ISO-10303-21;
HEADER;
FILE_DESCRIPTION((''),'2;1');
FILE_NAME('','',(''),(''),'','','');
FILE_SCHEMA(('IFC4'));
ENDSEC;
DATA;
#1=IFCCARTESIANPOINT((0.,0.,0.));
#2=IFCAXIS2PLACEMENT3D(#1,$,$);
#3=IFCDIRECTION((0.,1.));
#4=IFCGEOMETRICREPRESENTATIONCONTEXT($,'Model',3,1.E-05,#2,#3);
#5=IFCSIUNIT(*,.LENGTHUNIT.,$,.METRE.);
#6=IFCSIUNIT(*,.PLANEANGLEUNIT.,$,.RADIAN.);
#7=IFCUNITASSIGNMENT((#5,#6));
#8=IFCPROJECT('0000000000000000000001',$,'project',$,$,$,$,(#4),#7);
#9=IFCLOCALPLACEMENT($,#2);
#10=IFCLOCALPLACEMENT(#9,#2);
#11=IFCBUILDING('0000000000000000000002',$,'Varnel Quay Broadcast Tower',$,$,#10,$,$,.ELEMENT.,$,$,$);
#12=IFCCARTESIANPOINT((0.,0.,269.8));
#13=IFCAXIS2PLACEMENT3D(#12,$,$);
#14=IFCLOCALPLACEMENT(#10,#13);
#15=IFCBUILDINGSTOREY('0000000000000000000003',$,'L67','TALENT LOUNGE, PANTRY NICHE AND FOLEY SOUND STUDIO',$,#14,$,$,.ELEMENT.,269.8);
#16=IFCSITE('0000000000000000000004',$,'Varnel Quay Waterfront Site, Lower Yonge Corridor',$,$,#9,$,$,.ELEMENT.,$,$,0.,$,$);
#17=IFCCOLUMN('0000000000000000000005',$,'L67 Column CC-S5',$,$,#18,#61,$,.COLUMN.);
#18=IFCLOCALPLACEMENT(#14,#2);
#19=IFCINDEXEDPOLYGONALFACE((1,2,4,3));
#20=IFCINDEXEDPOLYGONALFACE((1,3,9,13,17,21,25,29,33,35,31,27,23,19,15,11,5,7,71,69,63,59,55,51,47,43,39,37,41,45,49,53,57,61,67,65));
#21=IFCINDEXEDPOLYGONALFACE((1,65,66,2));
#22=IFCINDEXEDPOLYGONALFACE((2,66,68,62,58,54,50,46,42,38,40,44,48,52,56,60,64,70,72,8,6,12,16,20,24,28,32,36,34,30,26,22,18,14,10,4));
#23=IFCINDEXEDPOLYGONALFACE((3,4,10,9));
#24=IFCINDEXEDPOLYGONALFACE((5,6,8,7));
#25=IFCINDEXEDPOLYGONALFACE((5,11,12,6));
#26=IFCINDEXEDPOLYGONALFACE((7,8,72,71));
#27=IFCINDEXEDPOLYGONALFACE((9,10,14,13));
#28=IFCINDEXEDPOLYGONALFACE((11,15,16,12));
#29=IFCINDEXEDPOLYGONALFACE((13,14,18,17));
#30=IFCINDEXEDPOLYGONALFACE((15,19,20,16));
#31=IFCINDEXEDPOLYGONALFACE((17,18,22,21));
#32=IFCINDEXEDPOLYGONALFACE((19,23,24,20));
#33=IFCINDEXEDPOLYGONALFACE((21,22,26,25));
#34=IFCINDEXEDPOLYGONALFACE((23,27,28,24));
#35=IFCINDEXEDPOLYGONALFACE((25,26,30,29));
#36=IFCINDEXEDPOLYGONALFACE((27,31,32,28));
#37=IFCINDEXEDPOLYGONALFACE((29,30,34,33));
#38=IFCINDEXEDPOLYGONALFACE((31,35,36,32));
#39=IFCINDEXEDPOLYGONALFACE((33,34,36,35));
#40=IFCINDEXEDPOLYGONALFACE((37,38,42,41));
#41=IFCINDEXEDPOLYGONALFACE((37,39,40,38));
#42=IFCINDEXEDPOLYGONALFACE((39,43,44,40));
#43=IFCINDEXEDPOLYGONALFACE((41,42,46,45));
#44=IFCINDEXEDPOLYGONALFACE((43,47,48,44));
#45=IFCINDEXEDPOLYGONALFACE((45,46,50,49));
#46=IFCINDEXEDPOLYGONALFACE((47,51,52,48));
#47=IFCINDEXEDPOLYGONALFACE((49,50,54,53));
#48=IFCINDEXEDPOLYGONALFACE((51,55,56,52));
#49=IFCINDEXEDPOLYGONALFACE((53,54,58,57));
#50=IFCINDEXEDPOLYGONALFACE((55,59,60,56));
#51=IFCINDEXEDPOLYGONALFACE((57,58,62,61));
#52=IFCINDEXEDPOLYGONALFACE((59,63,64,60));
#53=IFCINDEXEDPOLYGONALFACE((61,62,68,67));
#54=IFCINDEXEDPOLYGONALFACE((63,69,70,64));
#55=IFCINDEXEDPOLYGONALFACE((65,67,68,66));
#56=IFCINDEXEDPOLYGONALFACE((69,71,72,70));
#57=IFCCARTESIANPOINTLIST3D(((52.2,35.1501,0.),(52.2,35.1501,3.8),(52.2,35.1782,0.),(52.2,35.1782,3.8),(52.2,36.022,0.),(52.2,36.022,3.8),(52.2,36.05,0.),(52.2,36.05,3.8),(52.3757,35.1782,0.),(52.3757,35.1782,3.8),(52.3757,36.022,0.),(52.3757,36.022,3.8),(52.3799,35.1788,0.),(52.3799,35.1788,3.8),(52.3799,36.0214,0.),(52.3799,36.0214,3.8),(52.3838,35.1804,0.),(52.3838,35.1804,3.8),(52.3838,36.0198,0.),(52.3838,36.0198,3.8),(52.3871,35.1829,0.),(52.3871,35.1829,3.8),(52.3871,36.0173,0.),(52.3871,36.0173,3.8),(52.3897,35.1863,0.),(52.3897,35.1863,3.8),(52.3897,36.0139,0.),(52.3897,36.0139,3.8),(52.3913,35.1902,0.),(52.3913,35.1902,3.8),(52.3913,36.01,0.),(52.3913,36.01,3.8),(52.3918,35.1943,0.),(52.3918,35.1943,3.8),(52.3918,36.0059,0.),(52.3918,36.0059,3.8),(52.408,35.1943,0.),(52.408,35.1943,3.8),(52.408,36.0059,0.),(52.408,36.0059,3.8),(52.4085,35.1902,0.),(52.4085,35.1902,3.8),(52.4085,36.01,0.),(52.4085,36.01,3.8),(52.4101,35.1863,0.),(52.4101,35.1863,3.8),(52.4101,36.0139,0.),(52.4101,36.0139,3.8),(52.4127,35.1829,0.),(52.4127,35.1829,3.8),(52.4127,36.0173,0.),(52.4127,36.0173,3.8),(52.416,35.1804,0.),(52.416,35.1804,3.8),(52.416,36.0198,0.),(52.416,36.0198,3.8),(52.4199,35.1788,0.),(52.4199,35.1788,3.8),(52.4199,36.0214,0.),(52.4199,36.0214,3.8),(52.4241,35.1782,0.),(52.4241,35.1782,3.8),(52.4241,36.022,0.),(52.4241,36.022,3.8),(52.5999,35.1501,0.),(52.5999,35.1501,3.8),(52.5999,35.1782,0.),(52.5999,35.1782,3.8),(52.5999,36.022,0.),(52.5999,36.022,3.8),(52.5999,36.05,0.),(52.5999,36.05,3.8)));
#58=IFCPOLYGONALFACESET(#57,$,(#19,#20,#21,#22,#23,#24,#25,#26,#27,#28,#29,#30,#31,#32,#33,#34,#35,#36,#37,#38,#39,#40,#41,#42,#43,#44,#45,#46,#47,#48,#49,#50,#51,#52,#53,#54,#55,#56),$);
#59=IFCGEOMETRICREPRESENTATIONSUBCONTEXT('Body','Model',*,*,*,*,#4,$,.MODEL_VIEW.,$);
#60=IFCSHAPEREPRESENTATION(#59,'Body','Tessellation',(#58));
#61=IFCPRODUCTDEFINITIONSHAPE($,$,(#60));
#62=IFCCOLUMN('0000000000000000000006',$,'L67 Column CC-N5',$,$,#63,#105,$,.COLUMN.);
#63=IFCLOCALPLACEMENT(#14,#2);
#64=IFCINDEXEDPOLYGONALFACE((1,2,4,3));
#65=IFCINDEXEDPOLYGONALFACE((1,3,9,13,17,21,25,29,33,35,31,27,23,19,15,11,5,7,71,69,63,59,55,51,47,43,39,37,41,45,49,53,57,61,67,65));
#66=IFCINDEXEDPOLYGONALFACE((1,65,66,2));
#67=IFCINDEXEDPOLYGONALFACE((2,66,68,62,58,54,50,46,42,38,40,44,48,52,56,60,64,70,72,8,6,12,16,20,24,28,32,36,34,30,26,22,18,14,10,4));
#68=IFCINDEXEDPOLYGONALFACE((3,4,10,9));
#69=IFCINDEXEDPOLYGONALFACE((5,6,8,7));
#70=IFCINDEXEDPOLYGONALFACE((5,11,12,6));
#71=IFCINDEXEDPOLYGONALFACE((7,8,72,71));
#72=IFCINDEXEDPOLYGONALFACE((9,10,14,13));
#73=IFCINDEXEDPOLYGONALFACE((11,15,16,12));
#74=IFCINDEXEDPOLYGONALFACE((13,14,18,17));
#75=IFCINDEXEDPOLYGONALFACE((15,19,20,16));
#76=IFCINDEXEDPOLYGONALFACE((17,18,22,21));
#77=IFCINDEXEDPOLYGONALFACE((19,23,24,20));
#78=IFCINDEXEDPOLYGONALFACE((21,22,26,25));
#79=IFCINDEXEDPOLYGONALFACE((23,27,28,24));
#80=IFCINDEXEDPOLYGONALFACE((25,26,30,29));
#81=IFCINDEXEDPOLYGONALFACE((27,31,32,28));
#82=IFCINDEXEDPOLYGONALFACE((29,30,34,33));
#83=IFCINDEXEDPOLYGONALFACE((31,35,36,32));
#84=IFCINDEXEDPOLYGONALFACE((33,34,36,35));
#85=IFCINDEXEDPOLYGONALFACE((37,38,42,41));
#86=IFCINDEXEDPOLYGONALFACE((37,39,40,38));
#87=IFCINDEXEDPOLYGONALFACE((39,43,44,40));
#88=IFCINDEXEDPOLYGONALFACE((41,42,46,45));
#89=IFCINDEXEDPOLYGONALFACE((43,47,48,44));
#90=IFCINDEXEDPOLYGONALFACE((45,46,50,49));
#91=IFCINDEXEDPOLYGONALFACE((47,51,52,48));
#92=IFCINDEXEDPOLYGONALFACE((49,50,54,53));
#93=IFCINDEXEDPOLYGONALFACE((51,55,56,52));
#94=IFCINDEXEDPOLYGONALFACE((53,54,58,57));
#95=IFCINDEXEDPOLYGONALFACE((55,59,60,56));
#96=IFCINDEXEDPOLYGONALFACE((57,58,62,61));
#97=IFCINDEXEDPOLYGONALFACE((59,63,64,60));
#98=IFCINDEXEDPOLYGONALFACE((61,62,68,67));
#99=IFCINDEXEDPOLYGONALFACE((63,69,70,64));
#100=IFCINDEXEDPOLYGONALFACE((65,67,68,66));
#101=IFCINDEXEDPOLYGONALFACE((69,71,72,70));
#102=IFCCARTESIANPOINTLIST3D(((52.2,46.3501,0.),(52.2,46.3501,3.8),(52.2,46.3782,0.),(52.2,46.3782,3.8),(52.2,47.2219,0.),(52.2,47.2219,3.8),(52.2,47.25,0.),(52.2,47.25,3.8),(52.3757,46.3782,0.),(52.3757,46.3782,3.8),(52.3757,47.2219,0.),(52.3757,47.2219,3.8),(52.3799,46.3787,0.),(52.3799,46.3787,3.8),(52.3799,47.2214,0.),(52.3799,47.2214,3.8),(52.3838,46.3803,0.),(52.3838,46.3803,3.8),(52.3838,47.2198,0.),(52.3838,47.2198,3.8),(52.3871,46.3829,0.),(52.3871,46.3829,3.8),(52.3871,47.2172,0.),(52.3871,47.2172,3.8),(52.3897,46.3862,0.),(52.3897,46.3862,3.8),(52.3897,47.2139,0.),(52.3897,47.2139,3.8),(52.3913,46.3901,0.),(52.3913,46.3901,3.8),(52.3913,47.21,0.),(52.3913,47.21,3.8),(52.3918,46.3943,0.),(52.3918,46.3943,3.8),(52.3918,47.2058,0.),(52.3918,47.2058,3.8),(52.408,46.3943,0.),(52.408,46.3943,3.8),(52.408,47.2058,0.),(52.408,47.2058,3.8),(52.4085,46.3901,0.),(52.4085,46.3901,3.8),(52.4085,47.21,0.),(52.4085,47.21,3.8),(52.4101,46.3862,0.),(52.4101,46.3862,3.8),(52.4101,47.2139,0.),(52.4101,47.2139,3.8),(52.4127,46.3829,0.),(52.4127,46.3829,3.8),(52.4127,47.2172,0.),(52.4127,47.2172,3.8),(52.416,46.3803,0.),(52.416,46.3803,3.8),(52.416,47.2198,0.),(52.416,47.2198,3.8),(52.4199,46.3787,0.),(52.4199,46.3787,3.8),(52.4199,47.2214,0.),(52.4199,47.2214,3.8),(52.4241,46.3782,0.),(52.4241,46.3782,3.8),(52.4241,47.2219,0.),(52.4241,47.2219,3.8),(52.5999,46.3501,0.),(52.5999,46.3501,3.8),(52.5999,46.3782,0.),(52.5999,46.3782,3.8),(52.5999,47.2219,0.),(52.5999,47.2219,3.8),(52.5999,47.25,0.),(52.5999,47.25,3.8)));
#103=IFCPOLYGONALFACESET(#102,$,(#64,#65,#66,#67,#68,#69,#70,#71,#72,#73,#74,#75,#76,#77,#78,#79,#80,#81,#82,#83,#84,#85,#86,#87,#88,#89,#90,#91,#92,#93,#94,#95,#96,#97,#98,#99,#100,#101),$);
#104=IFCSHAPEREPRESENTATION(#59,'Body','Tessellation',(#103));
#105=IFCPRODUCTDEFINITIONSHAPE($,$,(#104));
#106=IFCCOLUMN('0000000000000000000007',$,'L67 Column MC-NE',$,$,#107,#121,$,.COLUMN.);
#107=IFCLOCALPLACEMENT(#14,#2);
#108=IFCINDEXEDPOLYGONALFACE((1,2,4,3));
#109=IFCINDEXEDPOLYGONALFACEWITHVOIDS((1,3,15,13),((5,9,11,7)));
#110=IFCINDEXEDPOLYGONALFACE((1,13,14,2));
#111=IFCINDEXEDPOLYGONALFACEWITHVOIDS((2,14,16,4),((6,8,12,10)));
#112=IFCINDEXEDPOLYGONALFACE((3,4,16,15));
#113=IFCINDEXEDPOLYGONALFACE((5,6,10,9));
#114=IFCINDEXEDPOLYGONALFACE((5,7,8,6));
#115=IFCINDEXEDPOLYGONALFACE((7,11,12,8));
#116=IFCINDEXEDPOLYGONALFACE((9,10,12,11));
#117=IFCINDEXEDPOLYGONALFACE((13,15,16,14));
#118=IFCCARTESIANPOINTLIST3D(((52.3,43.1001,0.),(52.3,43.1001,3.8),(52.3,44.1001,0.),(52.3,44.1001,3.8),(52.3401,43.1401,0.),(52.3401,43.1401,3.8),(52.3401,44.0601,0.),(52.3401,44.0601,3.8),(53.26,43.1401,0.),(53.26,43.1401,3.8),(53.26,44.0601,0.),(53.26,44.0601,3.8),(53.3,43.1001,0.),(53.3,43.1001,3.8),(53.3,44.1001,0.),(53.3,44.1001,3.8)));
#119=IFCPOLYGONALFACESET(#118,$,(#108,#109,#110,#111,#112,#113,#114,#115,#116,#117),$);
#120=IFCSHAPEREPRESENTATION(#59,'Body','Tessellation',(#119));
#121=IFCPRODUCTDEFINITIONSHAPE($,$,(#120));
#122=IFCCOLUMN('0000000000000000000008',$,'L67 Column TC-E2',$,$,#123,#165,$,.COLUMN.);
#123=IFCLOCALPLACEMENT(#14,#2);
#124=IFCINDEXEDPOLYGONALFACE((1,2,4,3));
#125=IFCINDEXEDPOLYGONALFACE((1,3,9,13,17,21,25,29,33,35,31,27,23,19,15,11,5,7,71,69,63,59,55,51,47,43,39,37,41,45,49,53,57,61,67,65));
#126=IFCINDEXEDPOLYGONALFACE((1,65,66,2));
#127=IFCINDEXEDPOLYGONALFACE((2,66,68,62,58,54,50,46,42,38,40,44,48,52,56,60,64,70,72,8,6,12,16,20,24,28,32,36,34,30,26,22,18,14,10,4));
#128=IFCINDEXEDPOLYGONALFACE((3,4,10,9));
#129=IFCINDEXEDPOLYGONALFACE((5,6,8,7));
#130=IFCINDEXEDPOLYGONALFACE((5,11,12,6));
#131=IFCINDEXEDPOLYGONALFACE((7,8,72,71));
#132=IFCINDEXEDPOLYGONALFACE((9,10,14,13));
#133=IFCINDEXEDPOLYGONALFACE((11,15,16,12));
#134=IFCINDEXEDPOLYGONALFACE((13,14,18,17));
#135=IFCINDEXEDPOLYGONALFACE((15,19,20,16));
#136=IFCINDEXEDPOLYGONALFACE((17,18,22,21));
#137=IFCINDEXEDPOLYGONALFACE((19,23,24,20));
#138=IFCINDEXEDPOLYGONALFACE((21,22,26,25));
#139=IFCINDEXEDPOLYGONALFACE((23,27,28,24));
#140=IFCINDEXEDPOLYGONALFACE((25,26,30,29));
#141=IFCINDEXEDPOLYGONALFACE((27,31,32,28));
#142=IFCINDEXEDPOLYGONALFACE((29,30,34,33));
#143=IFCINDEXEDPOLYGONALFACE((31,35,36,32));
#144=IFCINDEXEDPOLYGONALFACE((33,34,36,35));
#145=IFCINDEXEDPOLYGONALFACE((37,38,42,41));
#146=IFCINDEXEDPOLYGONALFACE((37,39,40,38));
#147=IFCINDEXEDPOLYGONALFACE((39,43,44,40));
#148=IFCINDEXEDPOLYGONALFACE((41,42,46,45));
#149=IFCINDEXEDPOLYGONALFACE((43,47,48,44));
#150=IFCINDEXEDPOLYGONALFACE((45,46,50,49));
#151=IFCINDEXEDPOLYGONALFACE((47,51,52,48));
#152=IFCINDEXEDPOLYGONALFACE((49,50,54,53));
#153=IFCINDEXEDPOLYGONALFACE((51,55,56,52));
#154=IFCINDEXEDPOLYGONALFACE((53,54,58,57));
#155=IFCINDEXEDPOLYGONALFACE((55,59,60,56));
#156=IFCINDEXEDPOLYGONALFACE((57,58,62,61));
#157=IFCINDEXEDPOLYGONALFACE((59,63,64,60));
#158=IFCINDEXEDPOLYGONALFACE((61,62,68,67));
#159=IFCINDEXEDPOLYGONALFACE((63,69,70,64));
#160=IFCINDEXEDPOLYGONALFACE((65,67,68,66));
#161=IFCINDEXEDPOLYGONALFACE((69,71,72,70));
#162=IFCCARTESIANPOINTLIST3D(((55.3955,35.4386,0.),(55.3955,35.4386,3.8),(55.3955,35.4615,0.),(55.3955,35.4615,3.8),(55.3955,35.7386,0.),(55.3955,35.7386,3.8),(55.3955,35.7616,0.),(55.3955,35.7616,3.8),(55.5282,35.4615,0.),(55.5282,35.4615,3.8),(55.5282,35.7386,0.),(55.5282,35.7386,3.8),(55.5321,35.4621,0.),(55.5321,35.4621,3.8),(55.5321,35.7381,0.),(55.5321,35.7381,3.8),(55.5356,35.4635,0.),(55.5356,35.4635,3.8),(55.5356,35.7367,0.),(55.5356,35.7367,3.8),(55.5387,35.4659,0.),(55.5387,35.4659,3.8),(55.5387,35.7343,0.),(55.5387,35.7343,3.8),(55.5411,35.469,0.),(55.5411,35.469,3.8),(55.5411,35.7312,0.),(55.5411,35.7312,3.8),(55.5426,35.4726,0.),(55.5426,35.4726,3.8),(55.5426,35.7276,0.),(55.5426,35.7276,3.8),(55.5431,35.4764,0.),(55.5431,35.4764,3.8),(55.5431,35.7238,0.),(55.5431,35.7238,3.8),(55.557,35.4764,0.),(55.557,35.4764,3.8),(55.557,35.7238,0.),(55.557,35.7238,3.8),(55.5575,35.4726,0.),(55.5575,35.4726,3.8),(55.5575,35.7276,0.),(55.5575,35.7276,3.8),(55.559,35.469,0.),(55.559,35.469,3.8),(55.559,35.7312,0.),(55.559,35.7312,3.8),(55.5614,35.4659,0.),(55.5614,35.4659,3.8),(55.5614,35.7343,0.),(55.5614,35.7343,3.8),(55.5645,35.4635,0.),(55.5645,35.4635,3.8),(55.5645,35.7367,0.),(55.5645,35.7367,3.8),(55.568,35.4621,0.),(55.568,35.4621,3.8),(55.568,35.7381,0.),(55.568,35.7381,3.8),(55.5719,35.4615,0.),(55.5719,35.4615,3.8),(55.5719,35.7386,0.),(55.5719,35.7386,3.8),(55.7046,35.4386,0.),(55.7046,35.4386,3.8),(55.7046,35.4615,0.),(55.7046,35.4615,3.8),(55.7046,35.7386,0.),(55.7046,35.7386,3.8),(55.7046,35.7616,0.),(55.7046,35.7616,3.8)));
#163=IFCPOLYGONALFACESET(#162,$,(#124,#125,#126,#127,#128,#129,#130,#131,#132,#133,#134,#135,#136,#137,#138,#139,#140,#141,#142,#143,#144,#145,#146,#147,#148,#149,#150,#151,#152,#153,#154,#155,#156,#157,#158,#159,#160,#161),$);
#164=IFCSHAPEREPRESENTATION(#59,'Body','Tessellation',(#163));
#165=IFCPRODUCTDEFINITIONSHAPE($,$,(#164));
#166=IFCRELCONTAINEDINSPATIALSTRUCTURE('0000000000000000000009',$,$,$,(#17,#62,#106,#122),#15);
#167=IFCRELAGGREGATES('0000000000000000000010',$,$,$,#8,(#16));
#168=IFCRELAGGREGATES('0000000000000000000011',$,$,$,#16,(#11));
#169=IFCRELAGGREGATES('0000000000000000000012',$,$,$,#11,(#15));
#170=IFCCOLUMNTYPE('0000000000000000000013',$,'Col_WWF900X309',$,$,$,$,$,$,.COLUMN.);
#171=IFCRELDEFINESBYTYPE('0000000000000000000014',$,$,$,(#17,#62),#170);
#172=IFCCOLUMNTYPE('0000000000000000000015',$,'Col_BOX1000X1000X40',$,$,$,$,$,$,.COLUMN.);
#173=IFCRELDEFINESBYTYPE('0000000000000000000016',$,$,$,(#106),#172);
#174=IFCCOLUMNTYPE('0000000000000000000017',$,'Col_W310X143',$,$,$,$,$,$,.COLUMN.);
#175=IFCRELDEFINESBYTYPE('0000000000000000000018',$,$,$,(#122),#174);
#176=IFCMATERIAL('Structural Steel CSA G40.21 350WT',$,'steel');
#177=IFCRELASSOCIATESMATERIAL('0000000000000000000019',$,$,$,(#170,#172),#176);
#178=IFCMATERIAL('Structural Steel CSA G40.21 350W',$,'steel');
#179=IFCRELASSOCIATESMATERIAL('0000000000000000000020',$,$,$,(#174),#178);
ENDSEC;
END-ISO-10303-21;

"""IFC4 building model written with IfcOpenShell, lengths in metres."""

from ifc_helpers import new_model, si_unit, direction, frame, origin, origin_2d, place, context, subcontext, project, spatial, hollow_rectangle, i_section, extrude, source, transform, mapped, material, material_profile, profile_set, type_object, type_shapes, element, save


model = new_model("IFC4")

# Units and contexts
model_context = context("Model", 3, precision=1e-05, world=origin(), true_north=direction((0.0, 1.0)))
body_context = subcontext(model_context, "Body", "Model", "MODEL_VIEW")
ifc_project = project(units=[si_unit("LENGTHUNIT", "METRE"), si_unit("PLANEANGLEUNIT", "RADIAN")], contexts=[model_context])

# Site, building, storey
site_placement = place(None, origin())
site = spatial("IfcSite", under=ifc_project, at=site_placement, Name="Varnel Quay Waterfront Site, Lower Yonge Corridor", CompositionType="ELEMENT", RefElevation=0.0)
building_placement = place(site_placement, origin())
building = spatial("IfcBuilding", under=site, at=building_placement, Name="Varnel Quay Broadcast Tower", CompositionType="ELEMENT")
storey_placement = place(building_placement, frame((0.0, 0.0, 269.8)))
storey = spatial("IfcBuildingStorey", under=building, at=storey_placement, Name="L67", Description="TALENT LOUNGE, PANTRY NICHE AND FOLEY SOUND STUDIO", CompositionType="ELEMENT", Elevation=269.8)

# Columns
ifc_material_1 = material(Name="Structural Steel CSA G40.21 350WT", Category="steel")
ifc_material_profile_1 = material_profile(ifc_material_1, i_section(OverallWidth=0.3999, OverallDepth=0.8999, WebThickness=0.0161, FlangeThickness=0.0281, FilletRadius=0.0161, at=origin_2d()), Name="WWF900X309")
ifc_profile_set_1 = profile_set([ifc_material_profile_1], Name="Structural Steel CSA G40.21 350WT")
column_type_1 = type_object("IfcColumnType", Name="Col_WWF900X309", PredefinedType="COLUMN", material=ifc_profile_set_1)
shared_shape_1 = source(origin(), body_context, "Body", "SweptSolid", [
    extrude(i_section(OverallWidth=0.3999, OverallDepth=0.8999, WebThickness=0.0161, FlangeThickness=0.0281, FilletRadius=0.0161, at=origin_2d()), origin(), (0.0, 0.0, 1.0), 3.8),
])
type_shapes(column_type_1, [shared_shape_1])
for number, where, z_axis, x_axis, name in (
    (1, (52.3999, 35.6001, 0.0), (0.0, 0.0, 1.0), (1.0, 0.0, 0.0), "L67 Column CC-S5"),
    (2, (52.3999, 46.8, 0.0), (0.0, 0.0, 1.0), (1.0, 0.0, 0.0), "L67 Column CC-N5"),
):
    element("IfcColumn", number, at=place(storey_placement, frame(where, z_axis=z_axis, x_axis=x_axis)), inside=storey, type_object=column_type_1, Name=name, PredefinedType="COLUMN", context=body_context, shape_type="MappedRepresentation", body=[
        mapped(shared_shape_1, transform((0.0, 0.0, 0.0), x_axis=(1.0, 0.0, 0.0), y_axis=(0.0, 1.0, 0.0), z_axis=(0.0, 0.0, 1.0), scale=1.0)),
    ])
ifc_material_profile_2 = material_profile(ifc_material_1, hollow_rectangle(XDim=1.0, YDim=1.0, WallThickness=0.04, at=origin_2d()), Name="BOX1000X1000X40")
ifc_profile_set_2 = profile_set([ifc_material_profile_2], Name="Structural Steel CSA G40.21 350WT")
column_type_2 = type_object("IfcColumnType", Name="Col_BOX1000X1000X40", PredefinedType="COLUMN", material=ifc_profile_set_2)
shared_shape_2 = source(origin(), body_context, "Body", "SweptSolid", [
    extrude(hollow_rectangle(XDim=1.0, YDim=1.0, WallThickness=0.04, at=origin_2d()), origin(), (0.0, 0.0, 1.0), 3.8),
])
type_shapes(column_type_2, [shared_shape_2])
column_1_placement = place(storey_placement, frame((52.8, 43.6001, 0.0), z_axis=(0.0, 0.0, 1.0), x_axis=(1.0, 0.0, 0.0)))
element("IfcColumn", 3, at=column_1_placement, inside=storey, type_object=column_type_2, Name="L67 Column MC-NE", PredefinedType="COLUMN", context=body_context, shape_type="MappedRepresentation", body=[
    mapped(shared_shape_2, transform((0.0, 0.0, 0.0), x_axis=(1.0, 0.0, 0.0), y_axis=(0.0, 1.0, 0.0), z_axis=(0.0, 0.0, 1.0), scale=1.0)),
])
ifc_material_2 = material(Name="Structural Steel CSA G40.21 350W", Category="steel")
ifc_material_profile_3 = material_profile(ifc_material_2, i_section(OverallWidth=0.3091, OverallDepth=0.323, WebThickness=0.0139, FlangeThickness=0.0229, FilletRadius=0.0149, at=origin_2d()), Name="W310X143")
ifc_profile_set_3 = profile_set([ifc_material_profile_3], Name="Structural Steel CSA G40.21 350W")
column_type_3 = type_object("IfcColumnType", Name="Col_W310X143", PredefinedType="COLUMN", material=ifc_profile_set_3)
shared_shape_3 = source(origin(), body_context, "Body", "SweptSolid", [
    extrude(i_section(OverallWidth=0.3091, OverallDepth=0.323, WebThickness=0.0139, FlangeThickness=0.0229, FilletRadius=0.0149, at=origin_2d()), origin(), (0.0, 0.0, 1.0), 3.8),
])
type_shapes(column_type_3, [shared_shape_3])
column_2_placement = place(storey_placement, frame((55.55, 35.6001, 0.0), z_axis=(0.0, 0.0, 1.0), x_axis=(1.0, 0.0, 0.0)))
element("IfcColumn", 4, at=column_2_placement, inside=storey, type_object=column_type_3, Name="L67 Column TC-E2", PredefinedType="COLUMN", context=body_context, shape_type="MappedRepresentation", body=[
    mapped(shared_shape_3, transform((0.0, 0.0, 0.0), x_axis=(1.0, 0.0, 0.0), y_axis=(0.0, 1.0, 0.0), z_axis=(0.0, 0.0, 1.0), scale=1.0)),
])

save(model, "model.ifc")
